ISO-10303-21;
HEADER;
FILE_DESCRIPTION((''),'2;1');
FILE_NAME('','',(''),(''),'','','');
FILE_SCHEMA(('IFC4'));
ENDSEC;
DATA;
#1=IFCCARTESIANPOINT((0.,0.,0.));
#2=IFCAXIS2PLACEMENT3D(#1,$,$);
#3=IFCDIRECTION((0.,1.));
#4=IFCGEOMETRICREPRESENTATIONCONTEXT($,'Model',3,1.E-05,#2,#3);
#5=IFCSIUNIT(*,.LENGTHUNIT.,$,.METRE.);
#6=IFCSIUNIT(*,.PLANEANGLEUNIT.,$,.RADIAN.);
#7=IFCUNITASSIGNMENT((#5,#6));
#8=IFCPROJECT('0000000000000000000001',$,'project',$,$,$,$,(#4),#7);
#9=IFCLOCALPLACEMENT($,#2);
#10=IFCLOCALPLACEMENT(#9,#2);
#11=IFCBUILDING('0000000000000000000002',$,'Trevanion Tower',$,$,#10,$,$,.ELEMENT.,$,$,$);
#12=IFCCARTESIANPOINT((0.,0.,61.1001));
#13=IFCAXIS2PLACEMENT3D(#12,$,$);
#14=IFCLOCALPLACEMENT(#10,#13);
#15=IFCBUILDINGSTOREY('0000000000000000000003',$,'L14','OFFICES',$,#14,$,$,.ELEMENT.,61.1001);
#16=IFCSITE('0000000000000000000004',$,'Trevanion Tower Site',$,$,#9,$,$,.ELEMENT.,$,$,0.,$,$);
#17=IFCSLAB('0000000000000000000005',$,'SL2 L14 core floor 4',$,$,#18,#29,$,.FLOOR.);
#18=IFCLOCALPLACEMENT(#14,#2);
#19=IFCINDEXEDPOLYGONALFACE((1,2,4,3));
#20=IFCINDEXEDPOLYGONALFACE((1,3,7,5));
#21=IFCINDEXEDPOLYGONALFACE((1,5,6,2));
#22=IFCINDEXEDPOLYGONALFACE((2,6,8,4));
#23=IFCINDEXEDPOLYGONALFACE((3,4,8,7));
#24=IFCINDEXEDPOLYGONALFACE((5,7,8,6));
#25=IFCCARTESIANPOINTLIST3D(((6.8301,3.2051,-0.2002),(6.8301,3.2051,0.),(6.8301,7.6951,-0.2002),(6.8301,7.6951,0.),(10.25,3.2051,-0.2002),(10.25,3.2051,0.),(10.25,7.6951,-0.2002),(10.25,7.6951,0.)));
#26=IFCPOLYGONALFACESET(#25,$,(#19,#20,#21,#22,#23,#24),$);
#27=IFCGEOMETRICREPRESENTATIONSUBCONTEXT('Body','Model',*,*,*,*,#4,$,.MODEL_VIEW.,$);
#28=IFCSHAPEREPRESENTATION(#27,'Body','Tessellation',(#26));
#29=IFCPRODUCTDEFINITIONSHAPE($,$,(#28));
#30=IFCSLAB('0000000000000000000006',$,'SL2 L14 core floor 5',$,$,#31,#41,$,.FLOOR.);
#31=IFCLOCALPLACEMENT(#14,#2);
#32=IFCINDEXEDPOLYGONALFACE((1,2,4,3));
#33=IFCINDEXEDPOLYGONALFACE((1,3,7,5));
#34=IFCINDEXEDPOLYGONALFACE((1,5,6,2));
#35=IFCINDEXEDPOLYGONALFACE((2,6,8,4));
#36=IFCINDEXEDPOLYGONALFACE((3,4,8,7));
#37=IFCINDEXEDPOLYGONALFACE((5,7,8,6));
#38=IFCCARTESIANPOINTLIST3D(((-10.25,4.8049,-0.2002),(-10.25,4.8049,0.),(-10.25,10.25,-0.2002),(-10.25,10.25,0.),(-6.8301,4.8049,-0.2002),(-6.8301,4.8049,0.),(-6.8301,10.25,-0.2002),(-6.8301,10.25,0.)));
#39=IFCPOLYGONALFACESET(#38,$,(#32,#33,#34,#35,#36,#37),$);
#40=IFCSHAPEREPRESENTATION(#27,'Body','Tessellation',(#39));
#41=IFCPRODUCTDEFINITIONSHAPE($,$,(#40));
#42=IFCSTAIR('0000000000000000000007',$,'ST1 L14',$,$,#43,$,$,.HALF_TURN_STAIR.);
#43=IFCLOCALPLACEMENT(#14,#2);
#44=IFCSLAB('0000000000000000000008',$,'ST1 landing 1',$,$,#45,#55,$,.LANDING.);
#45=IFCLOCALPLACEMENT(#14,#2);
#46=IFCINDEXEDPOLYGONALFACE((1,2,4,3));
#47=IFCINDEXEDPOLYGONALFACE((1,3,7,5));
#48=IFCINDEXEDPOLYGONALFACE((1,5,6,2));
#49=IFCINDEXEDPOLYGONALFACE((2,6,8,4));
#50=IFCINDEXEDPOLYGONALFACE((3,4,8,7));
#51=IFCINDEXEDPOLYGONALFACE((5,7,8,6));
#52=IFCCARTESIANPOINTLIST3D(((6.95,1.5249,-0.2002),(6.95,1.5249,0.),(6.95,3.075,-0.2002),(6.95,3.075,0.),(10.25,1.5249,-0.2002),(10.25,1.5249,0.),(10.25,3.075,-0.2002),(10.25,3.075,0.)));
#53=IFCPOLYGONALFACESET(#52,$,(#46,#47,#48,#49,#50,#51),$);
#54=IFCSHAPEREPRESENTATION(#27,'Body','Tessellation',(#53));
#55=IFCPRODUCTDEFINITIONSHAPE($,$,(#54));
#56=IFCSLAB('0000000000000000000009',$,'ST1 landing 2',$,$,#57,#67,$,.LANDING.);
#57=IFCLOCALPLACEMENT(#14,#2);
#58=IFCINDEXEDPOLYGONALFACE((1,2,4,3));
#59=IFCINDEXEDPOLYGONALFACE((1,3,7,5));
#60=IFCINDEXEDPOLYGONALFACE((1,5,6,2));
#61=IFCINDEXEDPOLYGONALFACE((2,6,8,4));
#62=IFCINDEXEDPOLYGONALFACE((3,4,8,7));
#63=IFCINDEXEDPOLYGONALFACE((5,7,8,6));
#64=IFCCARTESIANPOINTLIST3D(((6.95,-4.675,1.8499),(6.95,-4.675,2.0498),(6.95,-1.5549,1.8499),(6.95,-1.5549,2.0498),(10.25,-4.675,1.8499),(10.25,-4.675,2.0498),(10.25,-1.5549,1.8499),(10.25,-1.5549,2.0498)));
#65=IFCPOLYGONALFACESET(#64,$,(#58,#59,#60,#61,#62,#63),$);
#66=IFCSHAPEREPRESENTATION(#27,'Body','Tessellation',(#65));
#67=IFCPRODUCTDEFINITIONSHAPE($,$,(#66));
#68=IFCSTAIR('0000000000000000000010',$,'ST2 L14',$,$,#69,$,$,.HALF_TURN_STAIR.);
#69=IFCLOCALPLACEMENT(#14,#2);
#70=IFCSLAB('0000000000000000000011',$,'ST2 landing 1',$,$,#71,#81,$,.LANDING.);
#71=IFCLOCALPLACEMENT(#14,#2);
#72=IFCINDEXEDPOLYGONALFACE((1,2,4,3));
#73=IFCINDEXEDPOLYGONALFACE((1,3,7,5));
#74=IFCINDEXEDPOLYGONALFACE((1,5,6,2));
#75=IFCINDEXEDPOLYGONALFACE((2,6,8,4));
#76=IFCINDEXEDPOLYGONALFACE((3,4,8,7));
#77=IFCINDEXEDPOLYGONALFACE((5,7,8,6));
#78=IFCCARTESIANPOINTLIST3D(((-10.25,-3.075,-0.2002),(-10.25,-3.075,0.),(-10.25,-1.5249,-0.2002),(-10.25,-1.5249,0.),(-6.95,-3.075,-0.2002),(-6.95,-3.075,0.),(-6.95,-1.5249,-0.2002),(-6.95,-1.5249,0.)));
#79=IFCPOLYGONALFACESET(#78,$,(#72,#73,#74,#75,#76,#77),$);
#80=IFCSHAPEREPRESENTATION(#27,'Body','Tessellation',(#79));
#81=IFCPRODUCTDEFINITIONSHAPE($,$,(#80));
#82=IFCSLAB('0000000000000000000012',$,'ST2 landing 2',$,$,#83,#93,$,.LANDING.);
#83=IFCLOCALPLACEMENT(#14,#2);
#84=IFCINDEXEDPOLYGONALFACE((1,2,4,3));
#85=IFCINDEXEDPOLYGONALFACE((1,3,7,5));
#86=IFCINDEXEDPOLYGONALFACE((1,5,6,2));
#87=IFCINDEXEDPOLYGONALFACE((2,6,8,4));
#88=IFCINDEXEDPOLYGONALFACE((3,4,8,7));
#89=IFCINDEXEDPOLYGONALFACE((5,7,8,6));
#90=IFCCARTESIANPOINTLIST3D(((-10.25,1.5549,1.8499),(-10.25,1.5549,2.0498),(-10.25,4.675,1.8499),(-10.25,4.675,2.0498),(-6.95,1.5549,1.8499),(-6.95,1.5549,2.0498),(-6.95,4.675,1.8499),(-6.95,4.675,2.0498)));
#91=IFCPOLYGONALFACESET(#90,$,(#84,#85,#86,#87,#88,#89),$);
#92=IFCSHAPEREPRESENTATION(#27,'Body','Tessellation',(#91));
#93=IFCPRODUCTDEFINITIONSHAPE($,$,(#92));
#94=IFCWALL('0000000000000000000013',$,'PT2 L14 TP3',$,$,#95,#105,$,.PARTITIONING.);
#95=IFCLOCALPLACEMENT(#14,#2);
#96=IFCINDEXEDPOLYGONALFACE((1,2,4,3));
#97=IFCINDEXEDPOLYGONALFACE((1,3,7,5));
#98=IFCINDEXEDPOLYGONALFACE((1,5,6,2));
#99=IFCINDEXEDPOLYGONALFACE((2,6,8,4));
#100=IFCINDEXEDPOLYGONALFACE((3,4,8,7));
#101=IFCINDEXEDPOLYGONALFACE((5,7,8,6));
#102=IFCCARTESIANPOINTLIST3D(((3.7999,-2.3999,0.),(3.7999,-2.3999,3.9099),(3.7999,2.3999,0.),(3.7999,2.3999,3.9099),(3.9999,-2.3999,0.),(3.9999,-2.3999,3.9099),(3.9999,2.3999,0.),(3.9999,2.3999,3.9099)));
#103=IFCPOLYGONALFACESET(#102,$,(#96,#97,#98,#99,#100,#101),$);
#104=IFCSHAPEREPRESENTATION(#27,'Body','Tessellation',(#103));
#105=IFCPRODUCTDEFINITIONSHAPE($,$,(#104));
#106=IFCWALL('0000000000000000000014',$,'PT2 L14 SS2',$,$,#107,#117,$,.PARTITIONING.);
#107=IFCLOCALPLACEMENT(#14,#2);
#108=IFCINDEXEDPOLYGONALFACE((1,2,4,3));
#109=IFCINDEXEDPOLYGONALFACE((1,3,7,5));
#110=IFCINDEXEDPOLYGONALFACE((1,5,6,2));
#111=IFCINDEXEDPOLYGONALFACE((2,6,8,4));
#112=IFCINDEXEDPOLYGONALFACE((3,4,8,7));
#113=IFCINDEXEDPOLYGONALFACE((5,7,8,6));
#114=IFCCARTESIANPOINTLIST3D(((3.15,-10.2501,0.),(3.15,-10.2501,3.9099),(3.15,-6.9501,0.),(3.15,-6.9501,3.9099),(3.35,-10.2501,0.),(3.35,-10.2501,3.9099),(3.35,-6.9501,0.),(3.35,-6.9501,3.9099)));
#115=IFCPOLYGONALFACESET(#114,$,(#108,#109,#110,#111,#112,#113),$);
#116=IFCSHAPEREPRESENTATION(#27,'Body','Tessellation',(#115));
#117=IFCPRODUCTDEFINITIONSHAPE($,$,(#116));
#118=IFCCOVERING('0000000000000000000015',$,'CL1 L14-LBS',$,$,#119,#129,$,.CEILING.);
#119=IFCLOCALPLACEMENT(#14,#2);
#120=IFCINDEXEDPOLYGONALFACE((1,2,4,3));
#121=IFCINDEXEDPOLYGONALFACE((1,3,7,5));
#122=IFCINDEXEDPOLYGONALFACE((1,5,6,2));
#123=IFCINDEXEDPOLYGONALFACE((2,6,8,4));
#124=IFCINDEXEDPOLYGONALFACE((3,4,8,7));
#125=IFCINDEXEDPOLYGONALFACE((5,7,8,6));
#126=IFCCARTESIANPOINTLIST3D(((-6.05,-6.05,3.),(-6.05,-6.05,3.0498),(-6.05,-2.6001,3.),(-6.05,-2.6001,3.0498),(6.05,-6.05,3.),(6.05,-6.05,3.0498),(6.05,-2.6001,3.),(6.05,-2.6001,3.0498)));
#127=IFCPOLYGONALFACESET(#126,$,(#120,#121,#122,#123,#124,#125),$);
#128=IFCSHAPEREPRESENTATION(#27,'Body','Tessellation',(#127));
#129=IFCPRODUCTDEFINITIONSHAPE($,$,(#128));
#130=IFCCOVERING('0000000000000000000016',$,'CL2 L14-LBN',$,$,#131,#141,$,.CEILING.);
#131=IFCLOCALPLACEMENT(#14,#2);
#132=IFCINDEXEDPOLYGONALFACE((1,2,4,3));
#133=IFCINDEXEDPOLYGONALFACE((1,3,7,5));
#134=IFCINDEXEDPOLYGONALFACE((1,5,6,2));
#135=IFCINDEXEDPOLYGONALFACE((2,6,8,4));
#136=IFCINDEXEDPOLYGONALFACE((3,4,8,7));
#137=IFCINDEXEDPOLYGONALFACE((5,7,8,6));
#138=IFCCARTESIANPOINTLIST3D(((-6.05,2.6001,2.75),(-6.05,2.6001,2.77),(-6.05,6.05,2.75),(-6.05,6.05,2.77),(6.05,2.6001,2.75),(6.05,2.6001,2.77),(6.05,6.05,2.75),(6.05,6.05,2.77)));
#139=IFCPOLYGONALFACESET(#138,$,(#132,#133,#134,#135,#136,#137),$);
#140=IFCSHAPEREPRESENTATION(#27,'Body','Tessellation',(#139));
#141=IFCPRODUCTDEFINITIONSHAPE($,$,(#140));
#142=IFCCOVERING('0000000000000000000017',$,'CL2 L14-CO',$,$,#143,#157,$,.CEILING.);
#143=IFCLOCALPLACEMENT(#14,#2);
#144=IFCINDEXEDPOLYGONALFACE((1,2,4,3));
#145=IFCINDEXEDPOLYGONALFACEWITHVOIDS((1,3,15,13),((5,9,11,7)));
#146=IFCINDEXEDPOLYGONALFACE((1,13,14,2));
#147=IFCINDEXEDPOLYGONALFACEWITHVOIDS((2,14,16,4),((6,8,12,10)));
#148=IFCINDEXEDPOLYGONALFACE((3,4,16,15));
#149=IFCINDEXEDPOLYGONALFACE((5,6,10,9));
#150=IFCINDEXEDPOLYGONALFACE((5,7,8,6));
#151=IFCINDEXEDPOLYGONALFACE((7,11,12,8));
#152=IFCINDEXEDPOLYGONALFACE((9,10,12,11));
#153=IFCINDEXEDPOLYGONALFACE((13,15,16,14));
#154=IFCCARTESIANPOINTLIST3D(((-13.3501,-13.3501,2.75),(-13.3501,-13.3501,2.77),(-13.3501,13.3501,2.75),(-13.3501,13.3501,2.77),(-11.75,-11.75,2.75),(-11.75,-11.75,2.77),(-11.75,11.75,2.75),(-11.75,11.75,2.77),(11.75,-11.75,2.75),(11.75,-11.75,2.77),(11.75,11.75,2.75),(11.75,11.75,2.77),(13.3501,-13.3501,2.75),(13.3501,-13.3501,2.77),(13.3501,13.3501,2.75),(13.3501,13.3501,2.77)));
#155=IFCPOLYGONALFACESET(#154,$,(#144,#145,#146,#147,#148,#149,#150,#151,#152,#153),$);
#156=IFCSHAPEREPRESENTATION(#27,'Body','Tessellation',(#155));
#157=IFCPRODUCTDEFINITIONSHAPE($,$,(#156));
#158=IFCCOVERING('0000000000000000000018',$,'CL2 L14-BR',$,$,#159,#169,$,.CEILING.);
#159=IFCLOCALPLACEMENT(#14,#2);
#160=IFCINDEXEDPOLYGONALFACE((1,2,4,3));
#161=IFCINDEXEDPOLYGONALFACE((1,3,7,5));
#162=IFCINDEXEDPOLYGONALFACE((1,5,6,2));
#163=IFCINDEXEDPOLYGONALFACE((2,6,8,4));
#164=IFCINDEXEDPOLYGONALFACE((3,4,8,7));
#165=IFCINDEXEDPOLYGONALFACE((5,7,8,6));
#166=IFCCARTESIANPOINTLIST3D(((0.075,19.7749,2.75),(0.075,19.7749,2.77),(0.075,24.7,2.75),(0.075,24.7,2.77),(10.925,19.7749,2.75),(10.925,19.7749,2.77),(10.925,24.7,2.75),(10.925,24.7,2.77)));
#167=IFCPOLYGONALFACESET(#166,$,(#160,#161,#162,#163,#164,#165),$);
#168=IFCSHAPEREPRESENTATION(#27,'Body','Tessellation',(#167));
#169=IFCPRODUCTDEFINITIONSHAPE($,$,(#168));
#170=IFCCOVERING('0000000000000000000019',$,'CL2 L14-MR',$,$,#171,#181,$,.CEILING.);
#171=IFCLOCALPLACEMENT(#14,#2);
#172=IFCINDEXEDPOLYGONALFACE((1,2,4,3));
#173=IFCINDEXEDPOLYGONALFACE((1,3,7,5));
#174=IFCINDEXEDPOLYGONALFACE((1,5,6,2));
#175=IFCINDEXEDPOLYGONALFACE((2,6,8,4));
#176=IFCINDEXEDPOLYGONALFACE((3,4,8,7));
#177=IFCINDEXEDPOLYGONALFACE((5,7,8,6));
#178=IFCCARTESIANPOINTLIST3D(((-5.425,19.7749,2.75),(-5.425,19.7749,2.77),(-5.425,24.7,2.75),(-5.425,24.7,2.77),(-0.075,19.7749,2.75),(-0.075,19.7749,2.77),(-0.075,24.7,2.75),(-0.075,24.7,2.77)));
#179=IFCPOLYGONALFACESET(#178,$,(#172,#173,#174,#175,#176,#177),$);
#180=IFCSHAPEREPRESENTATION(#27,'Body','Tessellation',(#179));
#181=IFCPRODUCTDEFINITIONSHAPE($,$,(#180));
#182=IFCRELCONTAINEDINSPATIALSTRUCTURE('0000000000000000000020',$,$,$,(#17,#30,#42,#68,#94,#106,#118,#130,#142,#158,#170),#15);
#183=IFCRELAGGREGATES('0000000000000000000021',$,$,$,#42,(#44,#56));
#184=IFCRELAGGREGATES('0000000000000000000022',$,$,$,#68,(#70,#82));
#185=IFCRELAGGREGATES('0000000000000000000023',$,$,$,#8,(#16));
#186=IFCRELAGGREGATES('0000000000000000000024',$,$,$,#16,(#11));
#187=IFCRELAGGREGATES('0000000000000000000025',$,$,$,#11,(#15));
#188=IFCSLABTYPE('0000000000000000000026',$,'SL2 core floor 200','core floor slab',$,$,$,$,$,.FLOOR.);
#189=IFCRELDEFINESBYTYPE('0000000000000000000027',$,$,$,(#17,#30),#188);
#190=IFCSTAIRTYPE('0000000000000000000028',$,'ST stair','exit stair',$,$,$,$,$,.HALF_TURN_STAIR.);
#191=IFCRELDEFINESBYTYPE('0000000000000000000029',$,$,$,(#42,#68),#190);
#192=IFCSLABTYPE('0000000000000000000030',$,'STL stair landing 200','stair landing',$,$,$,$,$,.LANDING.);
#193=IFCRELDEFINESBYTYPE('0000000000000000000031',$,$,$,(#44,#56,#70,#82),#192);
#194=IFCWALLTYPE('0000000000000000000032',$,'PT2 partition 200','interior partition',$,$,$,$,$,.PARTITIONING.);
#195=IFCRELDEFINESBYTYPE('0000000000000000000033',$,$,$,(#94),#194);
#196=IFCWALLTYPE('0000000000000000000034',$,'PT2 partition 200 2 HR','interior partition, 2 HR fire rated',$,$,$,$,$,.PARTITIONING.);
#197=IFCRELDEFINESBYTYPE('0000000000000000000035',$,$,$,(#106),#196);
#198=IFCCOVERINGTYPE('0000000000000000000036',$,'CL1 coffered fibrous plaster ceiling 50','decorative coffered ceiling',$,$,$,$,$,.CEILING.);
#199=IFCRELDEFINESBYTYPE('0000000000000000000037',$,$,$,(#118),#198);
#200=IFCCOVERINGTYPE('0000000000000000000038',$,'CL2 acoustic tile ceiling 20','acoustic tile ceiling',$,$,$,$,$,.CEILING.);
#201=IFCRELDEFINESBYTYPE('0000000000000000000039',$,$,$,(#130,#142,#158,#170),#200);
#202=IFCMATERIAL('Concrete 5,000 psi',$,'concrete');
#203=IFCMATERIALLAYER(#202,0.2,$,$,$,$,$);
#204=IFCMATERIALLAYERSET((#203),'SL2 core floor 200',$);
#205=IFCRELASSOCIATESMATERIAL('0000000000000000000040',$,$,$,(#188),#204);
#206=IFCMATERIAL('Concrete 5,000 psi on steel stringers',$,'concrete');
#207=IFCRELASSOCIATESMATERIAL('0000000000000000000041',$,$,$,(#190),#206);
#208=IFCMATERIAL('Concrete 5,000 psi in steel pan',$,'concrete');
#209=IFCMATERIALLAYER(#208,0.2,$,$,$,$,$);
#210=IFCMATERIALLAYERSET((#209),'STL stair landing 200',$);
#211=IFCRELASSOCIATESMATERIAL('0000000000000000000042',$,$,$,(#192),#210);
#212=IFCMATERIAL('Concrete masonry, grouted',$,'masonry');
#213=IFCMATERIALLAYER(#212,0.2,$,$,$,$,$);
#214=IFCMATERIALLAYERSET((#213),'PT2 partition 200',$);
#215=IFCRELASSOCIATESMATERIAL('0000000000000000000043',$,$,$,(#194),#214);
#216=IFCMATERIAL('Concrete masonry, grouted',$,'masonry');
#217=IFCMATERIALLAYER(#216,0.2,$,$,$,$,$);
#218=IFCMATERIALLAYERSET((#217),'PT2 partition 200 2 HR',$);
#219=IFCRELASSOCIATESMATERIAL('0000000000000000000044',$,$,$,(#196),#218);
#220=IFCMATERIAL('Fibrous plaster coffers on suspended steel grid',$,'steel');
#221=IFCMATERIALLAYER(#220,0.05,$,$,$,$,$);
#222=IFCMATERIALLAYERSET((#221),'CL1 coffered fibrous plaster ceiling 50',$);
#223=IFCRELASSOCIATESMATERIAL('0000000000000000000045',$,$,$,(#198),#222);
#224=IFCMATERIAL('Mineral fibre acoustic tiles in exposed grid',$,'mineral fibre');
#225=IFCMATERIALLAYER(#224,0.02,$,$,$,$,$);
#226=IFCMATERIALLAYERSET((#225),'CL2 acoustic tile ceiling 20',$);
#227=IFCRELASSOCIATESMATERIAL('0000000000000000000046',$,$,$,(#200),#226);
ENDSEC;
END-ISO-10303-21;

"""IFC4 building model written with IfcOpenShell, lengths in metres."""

from ifc_helpers import new_model, si_unit, direction, frame, frame_2d, origin, place, context, subcontext, project, spatial, polyline, rectangle, outline, extrude, material, layer, layer_set, type_object, element, aggregate, save


model = new_model("IFC4")

# Units and contexts
model_context = context("Model", 3, precision=1e-05, world=origin(), true_north=direction((0.0, 1.0)))
body_context = subcontext(model_context, "Body", "Model", "MODEL_VIEW")
ifc_project = project(units=[si_unit("LENGTHUNIT", "METRE"), si_unit("PLANEANGLEUNIT", "RADIAN")], contexts=[model_context])

# Site, building, storey
site_placement = place(None, origin())
site = spatial("IfcSite", under=ifc_project, at=site_placement, Name="Trevanion Tower Site", CompositionType="ELEMENT", RefElevation=0.0)
building_placement = place(site_placement, origin())
building = spatial("IfcBuilding", under=site, at=building_placement, Name="Trevanion Tower", CompositionType="ELEMENT")
storey_placement = place(building_placement, frame((0.0, 0.0, 61.1001)))
storey = spatial("IfcBuildingStorey", under=building, at=storey_placement, Name="L14", Description="OFFICES", CompositionType="ELEMENT", Elevation=61.1001)

# Slabs
ifc_material_1 = material(Name="Concrete 5,000 psi", Category="concrete")
ifc_layer_1 = layer(ifc_material_1, 0.2)
ifc_layer_set_1 = layer_set([ifc_layer_1], Name="SL2 core floor 200")
slab_type_1 = type_object("IfcSlabType", Name="SL2 core floor 200", Description="core floor slab", PredefinedType="FLOOR", material=ifc_layer_set_1)
slab_1_placement = place(storey_placement, frame((0.0, 0.0, -0.2002)))
element("IfcSlab", 1, at=slab_1_placement, inside=storey, type_object=slab_type_1, Name="SL2 L14 core floor 4", PredefinedType="FLOOR", context=body_context, shape_type="SweptSolid", body=[
    extrude(outline(polyline([(6.8301, 3.2051), (6.8301, 7.6951), (10.25, 7.6951), (10.25, 3.2051), (6.8301, 3.2051)])), origin(), (0.0, 0.0, 1.0), 0.2002),
])
slab_2_placement = place(storey_placement, frame((0.0, 0.0, -0.2002)))
element("IfcSlab", 2, at=slab_2_placement, inside=storey, type_object=slab_type_1, Name="SL2 L14 core floor 5", PredefinedType="FLOOR", context=body_context, shape_type="SweptSolid", body=[
    extrude(outline(polyline([(-6.8301, 4.8049), (-10.25, 4.8049), (-10.25, 10.25), (-6.8301, 10.25), (-6.8301, 4.8049)])), origin(), (0.0, 0.0, 1.0), 0.2002),
])

# Stairs, slabs
ifc_material_2 = material(Name="Concrete 5,000 psi on steel stringers", Category="concrete")
stair_type = type_object("IfcStairType", Name="ST stair", Description="exit stair", PredefinedType="HALF_TURN_STAIR", material=ifc_material_2)
stair_1_placement = place(storey_placement, origin())
stair_1 = element("IfcStair", 3, at=stair_1_placement, inside=storey, type_object=stair_type, Name="ST1 L14", PredefinedType="HALF_TURN_STAIR")
ifc_material_3 = material(Name="Concrete 5,000 psi in steel pan", Category="concrete")
ifc_layer_2 = layer(ifc_material_3, 0.2)
ifc_layer_set_2 = layer_set([ifc_layer_2], Name="STL stair landing 200")
slab_type_2 = type_object("IfcSlabType", Name="STL stair landing 200", Description="stair landing", PredefinedType="LANDING", material=ifc_layer_set_2)
slab_3_placement = place(storey_placement, frame((0.0, 0.0, -0.2002)))
slab_3 = element("IfcSlab", 4, at=slab_3_placement, type_object=slab_type_2, Name="ST1 landing 1", PredefinedType="LANDING", context=body_context, shape_type="SweptSolid", body=[
    extrude(outline(polyline([(6.95, 1.5249), (10.25, 1.5249), (10.25, 3.075), (6.95, 3.075), (6.95, 1.5249)])), origin(), (0.0, 0.0, 1.0), 0.2002),
])
slab_4_placement = place(storey_placement, frame((0.0, 0.0, 1.8499)))
slab_4 = element("IfcSlab", 5, at=slab_4_placement, type_object=slab_type_2, Name="ST1 landing 2", PredefinedType="LANDING", context=body_context, shape_type="SweptSolid", body=[
    extrude(outline(polyline([(6.95, -4.675), (10.25, -4.675), (10.25, -1.5549), (6.95, -1.5549), (6.95, -4.675)])), origin(), (0.0, 0.0, 1.0), 0.2),
])
aggregate(stair_1, [slab_3, slab_4])
stair_2_placement = place(storey_placement, origin())
stair_2 = element("IfcStair", 6, at=stair_2_placement, inside=storey, type_object=stair_type, Name="ST2 L14", PredefinedType="HALF_TURN_STAIR")
slab_5_placement = place(storey_placement, frame((0.0, 0.0, -0.2002)))
slab_5 = element("IfcSlab", 7, at=slab_5_placement, type_object=slab_type_2, Name="ST2 landing 1", PredefinedType="LANDING", context=body_context, shape_type="SweptSolid", body=[
    extrude(outline(polyline([(-6.95, -1.5249), (-10.25, -1.5249), (-10.25, -3.075), (-6.95, -3.075), (-6.95, -1.5249)])), origin(), (0.0, 0.0, 1.0), 0.2002),
])
slab_6_placement = place(storey_placement, frame((0.0, 0.0, 1.8499)))
slab_6 = element("IfcSlab", 8, at=slab_6_placement, type_object=slab_type_2, Name="ST2 landing 2", PredefinedType="LANDING", context=body_context, shape_type="SweptSolid", body=[
    extrude(outline(polyline([(-6.95, 4.675), (-10.25, 4.675), (-10.25, 1.5549), (-6.95, 1.5549), (-6.95, 4.675)])), origin(), (0.0, 0.0, 1.0), 0.2),
])
aggregate(stair_2, [slab_5, slab_6])

# Walls
ifc_material_4 = material(Name="Concrete masonry, grouted", Category="masonry")
ifc_layer_3 = layer(ifc_material_4, 0.2)
ifc_layer_set_3 = layer_set([ifc_layer_3], Name="PT2 partition 200")
wall_type_1 = type_object("IfcWallType", Name="PT2 partition 200", Description="interior partition", PredefinedType="PARTITIONING", material=ifc_layer_set_3)
wall_1_placement = place(storey_placement, frame((3.8999, -2.3999, 0.0), z_axis=(0.0, 0.0, 1.0), x_axis=(0.0, 1.0, 0.0)))
element("IfcWall", 9, at=wall_1_placement, inside=storey, type_object=wall_type_1, Name="PT2 L14 TP3", PredefinedType="PARTITIONING", context=body_context, shape_type="SweptSolid", body=[
    extrude(rectangle(XDim=4.7998, YDim=0.2, at=frame_2d((2.3999, 0.0))), origin(), (0.0, 0.0, 1.0), 3.9099),
])
ifc_material_5 = material(Name="Concrete masonry, grouted", Category="masonry")
ifc_layer_4 = layer(ifc_material_5, 0.2)
ifc_layer_set_4 = layer_set([ifc_layer_4], Name="PT2 partition 200 2 HR")
wall_type_2 = type_object("IfcWallType", Name="PT2 partition 200 2 HR", Description="interior partition, 2 HR fire rated", PredefinedType="PARTITIONING", material=ifc_layer_set_4)
wall_2_placement = place(storey_placement, frame((3.25, -10.25, 0.0), z_axis=(0.0, 0.0, 1.0), x_axis=(0.0, 1.0, 0.0)))
element("IfcWall", 10, at=wall_2_placement, inside=storey, type_object=wall_type_2, Name="PT2 L14 SS2", PredefinedType="PARTITIONING", context=body_context, shape_type="SweptSolid", body=[
    extrude(rectangle(XDim=3.3, YDim=0.2, at=frame_2d((1.6499, 0.0))), origin(), (0.0, 0.0, 1.0), 3.9099),
])

# Coverings
ifc_material_6 = material(Name="Fibrous plaster coffers on suspended steel grid", Category="steel")
ifc_layer_5 = layer(ifc_material_6, 0.05)
ifc_layer_set_5 = layer_set([ifc_layer_5], Name="CL1 coffered fibrous plaster ceiling 50")
covering_type_1 = type_object("IfcCoveringType", Name="CL1 coffered fibrous plaster ceiling 50", Description="decorative coffered ceiling", PredefinedType="CEILING", material=ifc_layer_set_5)
covering_1_placement = place(storey_placement, frame((0.0, 0.0, 3.0)))
element("IfcCovering", 11, at=covering_1_placement, inside=storey, type_object=covering_type_1, Name="CL1 L14-LBS", PredefinedType="CEILING", context=body_context, shape_type="SweptSolid", body=[
    extrude(outline(polyline([(6.05, -6.05), (6.05, -2.6001), (-6.05, -2.6001), (-6.05, -6.05), (6.05, -6.05)])), origin(), (0.0, 0.0, 1.0), 0.0498),
])
ifc_material_7 = material(Name="Mineral fibre acoustic tiles in exposed grid", Category="mineral fibre")
ifc_layer_6 = layer(ifc_material_7, 0.02)
ifc_layer_set_6 = layer_set([ifc_layer_6], Name="CL2 acoustic tile ceiling 20")
covering_type_2 = type_object("IfcCoveringType", Name="CL2 acoustic tile ceiling 20", Description="acoustic tile ceiling", PredefinedType="CEILING", material=ifc_layer_set_6)
covering_2_placement = place(storey_placement, frame((0.0, 0.0, 2.75)))
element("IfcCovering", 12, at=covering_2_placement, inside=storey, type_object=covering_type_2, Name="CL2 L14-LBN", PredefinedType="CEILING", context=body_context, shape_type="SweptSolid", body=[
    extrude(outline(polyline([(6.05, 2.6001), (6.05, 6.05), (-6.05, 6.05), (-6.05, 2.6001), (6.05, 2.6001)])), origin(), (0.0, 0.0, 1.0), 0.02),
])
covering_3_placement = place(storey_placement, frame((0.0, 0.0, 2.75)))
element("IfcCovering", 13, at=covering_3_placement, inside=storey, type_object=covering_type_2, Name="CL2 L14-CO", PredefinedType="CEILING", context=body_context, shape_type="SweptSolid", body=[
    extrude(outline(polyline([(-13.3501, 13.3501), (13.3501, 13.3501), (13.3501, -13.3501), (-13.3501, -13.3501), (-13.3501, 13.3501)]), holes=[polyline([(-11.75, 11.75), (-11.75, -11.75), (11.75, -11.75), (11.75, 11.75), (-11.75, 11.75)])]), origin(), (0.0, 0.0, 1.0), 0.02),
])
covering_4_placement = place(storey_placement, frame((0.0, 0.0, 2.75)))
element("IfcCovering", 14, at=covering_4_placement, inside=storey, type_object=covering_type_2, Name="CL2 L14-BR", PredefinedType="CEILING", context=body_context, shape_type="SweptSolid", body=[
    extrude(outline(polyline([(10.925, 19.7749), (0.075, 19.7749), (0.075, 24.7), (10.925, 24.7), (10.925, 19.7749)])), origin(), (0.0, 0.0, 1.0), 0.02),
])
covering_5_placement = place(storey_placement, frame((0.0, 0.0, 2.75)))
element("IfcCovering", 15, at=covering_5_placement, inside=storey, type_object=covering_type_2, Name="CL2 L14-MR", PredefinedType="CEILING", context=body_context, shape_type="SweptSolid", body=[
    extrude(outline(polyline([(-0.075, 19.7749), (-5.425, 19.7749), (-5.425, 24.7), (-0.075, 24.7), (-0.075, 19.7749)])), origin(), (0.0, 0.0, 1.0), 0.02),
])

save(model, "model.ifc")
